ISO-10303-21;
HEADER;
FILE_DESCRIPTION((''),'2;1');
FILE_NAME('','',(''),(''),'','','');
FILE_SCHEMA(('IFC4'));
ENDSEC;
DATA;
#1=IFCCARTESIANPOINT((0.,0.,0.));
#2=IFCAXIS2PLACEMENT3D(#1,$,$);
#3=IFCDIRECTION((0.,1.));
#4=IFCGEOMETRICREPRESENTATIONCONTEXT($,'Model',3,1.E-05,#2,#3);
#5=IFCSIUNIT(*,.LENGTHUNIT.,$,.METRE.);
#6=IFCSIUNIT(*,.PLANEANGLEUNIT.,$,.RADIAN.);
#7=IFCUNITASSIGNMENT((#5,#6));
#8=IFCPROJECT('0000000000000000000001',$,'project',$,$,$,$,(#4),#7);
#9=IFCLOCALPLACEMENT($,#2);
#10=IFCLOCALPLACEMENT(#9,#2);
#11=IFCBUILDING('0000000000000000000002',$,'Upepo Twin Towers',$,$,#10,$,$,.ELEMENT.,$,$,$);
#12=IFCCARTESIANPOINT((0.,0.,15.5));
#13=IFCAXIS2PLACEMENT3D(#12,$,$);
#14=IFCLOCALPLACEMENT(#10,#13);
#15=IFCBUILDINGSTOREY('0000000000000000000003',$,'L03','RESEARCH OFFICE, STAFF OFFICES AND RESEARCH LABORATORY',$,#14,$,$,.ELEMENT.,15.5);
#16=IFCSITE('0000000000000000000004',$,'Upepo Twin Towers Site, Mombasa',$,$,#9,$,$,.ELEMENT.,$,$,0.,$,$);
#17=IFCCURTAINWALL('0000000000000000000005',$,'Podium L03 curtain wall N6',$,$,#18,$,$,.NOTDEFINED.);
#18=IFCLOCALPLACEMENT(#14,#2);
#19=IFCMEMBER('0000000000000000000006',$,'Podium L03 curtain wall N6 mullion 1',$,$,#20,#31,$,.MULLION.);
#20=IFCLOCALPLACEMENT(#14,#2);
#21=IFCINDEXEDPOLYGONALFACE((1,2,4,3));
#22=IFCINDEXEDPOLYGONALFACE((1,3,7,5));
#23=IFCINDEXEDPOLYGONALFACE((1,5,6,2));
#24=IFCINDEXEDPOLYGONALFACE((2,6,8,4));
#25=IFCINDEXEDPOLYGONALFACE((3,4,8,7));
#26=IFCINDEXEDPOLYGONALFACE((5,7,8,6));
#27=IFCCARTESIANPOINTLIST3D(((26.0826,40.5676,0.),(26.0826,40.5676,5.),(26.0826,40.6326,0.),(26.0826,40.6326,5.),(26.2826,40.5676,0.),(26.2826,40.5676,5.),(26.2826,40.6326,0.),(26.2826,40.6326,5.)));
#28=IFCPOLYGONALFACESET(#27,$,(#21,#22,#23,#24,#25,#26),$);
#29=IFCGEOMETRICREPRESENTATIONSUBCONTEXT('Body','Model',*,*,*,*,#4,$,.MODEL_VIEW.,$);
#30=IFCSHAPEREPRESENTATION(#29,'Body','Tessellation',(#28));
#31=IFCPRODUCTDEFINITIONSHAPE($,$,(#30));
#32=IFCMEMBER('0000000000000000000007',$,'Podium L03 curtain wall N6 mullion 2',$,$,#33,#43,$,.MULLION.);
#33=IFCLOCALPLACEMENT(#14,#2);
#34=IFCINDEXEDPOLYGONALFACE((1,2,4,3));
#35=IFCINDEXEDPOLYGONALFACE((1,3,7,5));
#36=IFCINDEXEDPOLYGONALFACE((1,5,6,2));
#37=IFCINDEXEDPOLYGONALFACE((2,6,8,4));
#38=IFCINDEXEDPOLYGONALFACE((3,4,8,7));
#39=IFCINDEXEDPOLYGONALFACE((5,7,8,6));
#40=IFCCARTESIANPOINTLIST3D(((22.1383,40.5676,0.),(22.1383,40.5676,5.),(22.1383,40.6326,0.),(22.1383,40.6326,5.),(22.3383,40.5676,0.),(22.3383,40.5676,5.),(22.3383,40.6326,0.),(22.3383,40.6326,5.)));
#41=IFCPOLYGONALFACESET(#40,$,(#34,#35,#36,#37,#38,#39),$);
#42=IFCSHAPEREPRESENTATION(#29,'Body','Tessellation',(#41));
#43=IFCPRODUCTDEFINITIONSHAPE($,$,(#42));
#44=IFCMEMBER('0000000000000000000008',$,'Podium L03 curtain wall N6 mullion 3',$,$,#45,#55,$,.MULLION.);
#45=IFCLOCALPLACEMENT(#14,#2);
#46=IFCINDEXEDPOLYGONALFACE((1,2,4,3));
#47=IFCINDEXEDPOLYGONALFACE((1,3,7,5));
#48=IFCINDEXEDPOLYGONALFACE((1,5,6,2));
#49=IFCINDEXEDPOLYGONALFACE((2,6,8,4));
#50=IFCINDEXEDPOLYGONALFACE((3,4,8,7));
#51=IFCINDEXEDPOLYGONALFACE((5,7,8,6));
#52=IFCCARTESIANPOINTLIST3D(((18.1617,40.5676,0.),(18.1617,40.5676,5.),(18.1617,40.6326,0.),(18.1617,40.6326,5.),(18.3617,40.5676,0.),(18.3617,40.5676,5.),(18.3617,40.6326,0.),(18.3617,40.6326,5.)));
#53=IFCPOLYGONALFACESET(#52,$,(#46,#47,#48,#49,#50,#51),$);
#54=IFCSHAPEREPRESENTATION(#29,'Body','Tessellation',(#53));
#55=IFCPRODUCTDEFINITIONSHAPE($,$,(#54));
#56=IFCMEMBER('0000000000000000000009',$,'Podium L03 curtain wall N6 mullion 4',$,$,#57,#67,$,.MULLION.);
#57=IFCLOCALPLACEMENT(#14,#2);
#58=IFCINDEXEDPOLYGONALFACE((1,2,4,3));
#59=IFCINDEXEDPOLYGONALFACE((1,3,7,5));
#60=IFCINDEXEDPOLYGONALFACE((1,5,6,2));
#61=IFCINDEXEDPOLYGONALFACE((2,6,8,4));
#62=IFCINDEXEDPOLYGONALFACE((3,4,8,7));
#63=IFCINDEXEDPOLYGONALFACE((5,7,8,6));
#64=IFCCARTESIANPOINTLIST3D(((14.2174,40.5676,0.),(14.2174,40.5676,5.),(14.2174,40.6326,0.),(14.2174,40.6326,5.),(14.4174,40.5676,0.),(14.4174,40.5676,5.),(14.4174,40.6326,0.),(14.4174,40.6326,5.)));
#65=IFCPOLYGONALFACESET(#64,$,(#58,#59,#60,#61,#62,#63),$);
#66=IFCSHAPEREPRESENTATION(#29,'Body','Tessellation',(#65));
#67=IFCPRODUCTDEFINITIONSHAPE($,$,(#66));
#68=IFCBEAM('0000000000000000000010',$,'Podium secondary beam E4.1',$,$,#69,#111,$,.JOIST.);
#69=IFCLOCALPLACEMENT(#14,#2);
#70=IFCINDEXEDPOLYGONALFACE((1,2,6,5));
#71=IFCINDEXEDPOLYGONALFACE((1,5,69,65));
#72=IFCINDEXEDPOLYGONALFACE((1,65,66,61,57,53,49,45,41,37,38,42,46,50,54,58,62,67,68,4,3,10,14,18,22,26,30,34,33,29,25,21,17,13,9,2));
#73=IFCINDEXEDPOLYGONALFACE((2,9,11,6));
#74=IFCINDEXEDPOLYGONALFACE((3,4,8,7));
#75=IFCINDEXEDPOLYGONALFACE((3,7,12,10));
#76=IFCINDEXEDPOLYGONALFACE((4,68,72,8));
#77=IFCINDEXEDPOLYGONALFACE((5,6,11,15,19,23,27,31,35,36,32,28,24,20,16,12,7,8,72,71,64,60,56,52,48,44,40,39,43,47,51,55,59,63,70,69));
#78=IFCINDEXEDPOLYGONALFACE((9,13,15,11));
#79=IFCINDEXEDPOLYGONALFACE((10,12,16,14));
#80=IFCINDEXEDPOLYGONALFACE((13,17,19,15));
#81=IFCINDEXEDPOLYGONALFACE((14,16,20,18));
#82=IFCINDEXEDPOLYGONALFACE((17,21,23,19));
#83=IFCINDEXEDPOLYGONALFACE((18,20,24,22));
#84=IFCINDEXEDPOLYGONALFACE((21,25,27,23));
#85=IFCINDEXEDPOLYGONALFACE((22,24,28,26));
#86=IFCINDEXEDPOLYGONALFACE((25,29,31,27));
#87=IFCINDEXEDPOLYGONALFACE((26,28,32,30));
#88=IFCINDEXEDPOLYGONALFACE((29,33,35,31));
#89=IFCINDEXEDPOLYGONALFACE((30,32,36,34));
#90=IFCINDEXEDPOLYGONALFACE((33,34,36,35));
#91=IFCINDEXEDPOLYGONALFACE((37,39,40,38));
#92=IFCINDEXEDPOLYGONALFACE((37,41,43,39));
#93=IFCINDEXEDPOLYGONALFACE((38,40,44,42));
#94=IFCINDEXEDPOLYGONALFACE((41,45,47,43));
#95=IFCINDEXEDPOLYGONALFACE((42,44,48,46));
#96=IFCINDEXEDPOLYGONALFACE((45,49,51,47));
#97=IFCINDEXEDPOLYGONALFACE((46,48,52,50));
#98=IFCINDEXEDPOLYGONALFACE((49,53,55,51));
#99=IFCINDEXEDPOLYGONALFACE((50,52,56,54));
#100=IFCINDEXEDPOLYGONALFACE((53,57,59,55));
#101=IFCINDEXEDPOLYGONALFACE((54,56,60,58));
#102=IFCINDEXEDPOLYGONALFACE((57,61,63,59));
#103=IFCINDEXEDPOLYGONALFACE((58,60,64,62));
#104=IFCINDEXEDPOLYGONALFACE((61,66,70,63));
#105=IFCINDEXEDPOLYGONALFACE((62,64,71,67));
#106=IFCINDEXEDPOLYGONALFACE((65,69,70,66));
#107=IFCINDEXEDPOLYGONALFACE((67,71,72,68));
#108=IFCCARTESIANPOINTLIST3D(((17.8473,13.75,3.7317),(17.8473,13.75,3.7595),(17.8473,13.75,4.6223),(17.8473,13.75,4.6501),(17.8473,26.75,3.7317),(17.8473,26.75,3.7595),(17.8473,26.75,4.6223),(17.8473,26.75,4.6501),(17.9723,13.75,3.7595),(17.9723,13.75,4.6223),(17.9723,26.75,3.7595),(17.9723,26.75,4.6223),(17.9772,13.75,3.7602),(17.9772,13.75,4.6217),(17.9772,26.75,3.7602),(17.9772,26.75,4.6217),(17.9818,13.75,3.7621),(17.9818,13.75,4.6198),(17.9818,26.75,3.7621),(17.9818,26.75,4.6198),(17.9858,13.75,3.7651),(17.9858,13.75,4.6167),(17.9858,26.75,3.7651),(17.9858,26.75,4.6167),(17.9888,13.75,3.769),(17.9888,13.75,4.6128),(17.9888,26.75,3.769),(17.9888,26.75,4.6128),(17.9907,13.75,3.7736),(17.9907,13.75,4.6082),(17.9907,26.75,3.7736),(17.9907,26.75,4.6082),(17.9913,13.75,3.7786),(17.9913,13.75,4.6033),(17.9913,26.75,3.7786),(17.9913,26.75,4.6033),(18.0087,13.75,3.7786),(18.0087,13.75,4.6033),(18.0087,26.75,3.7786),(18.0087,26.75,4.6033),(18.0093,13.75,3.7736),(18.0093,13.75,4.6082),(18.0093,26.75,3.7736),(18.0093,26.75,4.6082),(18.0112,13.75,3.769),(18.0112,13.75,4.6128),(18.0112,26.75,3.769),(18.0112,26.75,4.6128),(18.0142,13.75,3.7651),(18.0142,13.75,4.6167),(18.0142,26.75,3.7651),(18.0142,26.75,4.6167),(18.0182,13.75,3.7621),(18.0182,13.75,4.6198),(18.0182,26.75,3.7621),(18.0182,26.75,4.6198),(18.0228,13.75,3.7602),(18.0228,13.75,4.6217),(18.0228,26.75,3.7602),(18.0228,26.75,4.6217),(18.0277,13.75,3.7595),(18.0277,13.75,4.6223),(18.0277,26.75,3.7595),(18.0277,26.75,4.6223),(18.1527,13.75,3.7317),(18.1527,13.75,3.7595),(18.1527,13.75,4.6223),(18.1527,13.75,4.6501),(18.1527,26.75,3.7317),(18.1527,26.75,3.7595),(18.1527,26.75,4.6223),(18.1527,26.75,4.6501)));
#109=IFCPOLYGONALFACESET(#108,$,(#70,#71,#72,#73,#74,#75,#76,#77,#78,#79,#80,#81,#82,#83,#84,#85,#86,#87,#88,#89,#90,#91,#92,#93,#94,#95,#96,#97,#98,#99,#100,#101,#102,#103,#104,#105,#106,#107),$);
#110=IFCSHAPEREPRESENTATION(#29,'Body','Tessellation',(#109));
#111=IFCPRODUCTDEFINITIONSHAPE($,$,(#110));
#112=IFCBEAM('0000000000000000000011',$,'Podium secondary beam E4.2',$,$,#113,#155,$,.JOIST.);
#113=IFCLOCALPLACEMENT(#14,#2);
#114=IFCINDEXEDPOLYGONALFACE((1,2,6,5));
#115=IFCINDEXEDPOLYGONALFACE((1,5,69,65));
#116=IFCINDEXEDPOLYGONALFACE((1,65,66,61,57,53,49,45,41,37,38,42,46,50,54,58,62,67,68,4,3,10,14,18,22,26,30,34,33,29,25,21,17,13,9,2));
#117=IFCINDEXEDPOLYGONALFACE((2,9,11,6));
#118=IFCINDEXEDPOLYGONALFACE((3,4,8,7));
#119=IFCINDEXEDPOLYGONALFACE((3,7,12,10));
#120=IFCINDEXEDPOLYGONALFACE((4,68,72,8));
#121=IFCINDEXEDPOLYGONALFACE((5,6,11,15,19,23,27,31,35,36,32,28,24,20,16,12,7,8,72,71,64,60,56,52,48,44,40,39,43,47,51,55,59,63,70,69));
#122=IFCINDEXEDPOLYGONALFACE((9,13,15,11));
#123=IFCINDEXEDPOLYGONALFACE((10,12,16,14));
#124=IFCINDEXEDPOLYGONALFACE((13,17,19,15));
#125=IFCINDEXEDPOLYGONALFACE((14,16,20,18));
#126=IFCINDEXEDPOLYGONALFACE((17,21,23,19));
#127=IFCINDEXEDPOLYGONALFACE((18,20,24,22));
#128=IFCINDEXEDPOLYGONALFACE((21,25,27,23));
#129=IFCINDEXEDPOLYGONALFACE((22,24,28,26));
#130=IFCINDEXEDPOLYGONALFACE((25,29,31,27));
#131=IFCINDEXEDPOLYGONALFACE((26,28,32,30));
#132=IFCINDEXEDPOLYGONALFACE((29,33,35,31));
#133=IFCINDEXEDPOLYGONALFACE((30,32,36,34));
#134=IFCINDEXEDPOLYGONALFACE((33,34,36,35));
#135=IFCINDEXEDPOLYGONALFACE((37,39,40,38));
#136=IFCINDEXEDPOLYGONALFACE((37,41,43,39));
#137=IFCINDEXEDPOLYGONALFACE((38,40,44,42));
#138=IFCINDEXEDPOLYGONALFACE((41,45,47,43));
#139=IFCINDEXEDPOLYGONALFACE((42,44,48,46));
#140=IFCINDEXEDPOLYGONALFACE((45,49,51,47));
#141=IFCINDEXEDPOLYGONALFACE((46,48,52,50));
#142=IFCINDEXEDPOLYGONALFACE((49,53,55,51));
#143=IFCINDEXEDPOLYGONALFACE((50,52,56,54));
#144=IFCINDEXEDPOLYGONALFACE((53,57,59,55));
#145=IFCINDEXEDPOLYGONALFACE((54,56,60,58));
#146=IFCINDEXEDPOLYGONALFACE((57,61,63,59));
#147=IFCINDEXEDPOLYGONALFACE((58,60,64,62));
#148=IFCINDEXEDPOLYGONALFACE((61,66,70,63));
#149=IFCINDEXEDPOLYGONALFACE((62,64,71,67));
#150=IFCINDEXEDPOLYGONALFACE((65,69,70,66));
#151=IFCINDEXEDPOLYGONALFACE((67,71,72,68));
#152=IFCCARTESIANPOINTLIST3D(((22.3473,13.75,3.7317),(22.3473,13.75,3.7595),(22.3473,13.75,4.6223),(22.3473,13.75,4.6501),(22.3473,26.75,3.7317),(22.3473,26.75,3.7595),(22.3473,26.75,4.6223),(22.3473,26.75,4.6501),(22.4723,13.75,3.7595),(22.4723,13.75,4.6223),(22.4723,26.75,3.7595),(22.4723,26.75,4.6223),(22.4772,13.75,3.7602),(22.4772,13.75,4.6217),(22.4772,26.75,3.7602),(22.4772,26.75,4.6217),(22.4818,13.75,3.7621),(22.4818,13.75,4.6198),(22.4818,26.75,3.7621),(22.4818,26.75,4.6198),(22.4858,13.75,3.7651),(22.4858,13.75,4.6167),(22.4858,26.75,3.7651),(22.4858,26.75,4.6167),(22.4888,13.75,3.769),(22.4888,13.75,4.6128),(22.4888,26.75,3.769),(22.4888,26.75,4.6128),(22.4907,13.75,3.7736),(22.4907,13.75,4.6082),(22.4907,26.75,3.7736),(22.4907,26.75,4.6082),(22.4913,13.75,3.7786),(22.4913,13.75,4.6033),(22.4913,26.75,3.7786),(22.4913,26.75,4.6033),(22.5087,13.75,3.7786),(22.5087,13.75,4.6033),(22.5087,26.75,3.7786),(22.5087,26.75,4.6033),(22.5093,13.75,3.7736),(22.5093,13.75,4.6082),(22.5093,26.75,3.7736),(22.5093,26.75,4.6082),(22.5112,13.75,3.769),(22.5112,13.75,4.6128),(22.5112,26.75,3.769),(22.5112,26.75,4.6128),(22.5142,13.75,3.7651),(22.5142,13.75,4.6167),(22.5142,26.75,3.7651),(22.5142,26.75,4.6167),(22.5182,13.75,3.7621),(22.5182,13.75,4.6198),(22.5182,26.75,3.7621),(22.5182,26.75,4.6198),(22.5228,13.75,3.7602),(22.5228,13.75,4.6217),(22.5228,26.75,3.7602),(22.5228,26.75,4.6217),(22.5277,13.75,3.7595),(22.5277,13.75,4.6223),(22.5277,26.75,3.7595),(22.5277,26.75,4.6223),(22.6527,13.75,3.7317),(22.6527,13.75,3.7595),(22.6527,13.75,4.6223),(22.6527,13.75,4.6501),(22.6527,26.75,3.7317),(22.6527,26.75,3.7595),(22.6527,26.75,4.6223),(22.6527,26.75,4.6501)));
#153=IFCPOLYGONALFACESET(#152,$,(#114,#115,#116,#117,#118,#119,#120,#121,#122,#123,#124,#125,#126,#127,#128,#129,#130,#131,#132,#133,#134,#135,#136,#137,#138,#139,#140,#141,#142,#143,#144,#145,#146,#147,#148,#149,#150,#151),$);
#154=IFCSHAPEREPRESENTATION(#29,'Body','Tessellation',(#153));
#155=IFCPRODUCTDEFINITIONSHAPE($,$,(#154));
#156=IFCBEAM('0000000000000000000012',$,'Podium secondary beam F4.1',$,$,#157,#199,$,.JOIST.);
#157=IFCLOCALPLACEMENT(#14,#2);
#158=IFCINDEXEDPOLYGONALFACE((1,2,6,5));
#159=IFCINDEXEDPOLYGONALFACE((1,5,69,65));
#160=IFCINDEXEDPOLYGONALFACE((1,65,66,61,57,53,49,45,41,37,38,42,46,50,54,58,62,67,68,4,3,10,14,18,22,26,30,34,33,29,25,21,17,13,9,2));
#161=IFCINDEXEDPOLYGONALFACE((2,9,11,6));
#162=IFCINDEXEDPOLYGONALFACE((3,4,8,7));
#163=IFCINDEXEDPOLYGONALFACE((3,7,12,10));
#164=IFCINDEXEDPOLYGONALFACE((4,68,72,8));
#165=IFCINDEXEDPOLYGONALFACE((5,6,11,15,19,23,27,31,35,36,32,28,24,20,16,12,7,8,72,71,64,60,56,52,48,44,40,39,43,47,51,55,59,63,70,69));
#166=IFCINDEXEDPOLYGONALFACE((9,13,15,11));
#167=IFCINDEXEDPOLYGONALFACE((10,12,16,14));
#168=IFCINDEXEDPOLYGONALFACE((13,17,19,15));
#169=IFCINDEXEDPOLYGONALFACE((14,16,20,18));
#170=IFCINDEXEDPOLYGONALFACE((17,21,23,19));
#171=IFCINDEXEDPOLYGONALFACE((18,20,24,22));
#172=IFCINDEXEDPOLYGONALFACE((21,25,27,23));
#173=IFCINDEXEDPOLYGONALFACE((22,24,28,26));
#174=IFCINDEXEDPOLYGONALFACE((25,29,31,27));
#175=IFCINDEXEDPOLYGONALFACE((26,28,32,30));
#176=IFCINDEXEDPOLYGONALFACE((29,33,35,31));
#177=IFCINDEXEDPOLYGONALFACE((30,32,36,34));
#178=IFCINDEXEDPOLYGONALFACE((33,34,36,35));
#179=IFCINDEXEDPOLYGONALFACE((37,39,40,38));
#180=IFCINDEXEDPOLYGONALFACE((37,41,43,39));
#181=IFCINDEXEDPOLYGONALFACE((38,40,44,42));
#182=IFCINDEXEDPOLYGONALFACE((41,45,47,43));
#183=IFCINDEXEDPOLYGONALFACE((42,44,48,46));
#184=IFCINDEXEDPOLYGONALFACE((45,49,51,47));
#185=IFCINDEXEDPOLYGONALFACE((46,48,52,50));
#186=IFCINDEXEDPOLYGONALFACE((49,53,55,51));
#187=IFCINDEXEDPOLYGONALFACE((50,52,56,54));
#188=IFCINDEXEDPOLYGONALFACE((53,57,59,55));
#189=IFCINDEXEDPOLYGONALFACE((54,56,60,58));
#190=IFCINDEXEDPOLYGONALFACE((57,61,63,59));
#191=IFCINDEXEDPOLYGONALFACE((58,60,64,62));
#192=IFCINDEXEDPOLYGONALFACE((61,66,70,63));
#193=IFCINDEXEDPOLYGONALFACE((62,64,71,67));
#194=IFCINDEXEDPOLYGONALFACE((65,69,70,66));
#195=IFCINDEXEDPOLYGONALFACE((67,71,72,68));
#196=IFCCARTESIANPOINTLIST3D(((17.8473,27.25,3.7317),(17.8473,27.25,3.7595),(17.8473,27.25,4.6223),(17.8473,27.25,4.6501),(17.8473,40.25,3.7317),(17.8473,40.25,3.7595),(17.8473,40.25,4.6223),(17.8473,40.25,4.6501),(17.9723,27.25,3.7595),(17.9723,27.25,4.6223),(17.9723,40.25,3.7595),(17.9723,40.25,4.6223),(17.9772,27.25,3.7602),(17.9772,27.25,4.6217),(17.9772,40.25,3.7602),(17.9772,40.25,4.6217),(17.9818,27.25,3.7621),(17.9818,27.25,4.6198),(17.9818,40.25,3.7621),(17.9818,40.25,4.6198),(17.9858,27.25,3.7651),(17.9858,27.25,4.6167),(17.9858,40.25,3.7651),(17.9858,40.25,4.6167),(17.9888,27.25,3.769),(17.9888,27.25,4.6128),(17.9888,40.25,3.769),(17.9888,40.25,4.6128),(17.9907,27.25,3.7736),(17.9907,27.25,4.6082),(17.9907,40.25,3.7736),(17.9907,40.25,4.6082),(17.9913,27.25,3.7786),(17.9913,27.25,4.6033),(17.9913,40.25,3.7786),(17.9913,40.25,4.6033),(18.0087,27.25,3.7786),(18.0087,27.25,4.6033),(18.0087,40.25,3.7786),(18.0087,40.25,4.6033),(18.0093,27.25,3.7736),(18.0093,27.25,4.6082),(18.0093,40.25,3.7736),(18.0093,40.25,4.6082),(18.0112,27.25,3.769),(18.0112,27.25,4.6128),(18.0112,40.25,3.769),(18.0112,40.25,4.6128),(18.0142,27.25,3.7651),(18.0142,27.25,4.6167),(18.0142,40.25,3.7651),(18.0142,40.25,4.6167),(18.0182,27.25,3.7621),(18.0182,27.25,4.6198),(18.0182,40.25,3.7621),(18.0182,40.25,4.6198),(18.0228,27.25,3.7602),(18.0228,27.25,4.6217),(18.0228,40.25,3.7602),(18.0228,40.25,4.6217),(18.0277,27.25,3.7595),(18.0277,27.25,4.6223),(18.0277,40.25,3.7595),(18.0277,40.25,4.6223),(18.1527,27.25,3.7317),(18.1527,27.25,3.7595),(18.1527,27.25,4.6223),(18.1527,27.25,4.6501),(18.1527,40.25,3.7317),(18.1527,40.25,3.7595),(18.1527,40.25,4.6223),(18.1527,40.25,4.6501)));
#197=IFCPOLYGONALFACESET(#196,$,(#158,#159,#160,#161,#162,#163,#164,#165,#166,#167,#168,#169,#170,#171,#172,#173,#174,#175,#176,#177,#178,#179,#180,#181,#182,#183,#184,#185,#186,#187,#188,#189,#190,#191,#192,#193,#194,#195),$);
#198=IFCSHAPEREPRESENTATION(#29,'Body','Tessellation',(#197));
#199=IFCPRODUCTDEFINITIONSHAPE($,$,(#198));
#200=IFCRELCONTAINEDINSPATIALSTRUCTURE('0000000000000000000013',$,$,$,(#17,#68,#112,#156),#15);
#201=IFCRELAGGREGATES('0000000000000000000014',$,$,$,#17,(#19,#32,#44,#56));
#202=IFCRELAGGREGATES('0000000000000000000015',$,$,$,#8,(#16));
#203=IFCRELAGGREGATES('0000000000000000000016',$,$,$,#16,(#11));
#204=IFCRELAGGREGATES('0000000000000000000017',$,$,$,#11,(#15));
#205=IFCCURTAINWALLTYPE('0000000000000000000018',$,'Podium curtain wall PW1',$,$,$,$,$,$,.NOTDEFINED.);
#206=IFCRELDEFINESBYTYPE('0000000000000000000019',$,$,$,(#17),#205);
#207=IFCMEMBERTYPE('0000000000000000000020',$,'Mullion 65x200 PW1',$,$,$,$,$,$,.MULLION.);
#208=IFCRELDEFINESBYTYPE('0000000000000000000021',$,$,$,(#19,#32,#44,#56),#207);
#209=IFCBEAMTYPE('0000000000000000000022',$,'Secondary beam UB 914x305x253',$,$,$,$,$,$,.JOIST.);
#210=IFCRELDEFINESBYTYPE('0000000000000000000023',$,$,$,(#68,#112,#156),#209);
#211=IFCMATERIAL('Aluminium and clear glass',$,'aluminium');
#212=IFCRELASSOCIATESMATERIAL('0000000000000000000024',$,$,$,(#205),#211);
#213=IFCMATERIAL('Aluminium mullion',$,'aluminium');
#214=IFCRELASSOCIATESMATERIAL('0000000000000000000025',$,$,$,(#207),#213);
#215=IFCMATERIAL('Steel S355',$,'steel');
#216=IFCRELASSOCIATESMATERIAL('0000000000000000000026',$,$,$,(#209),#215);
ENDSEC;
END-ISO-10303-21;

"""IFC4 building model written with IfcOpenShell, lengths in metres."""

from ifc_helpers import new_model, si_unit, direction, frame, origin, origin_2d, place, context, subcontext, project, spatial, rectangle, i_section, extrude, material, material_profile, profile_set, type_object, element, aggregate, save


model = new_model("IFC4")

# Units and contexts
model_context = context("Model", 3, precision=1e-05, world=origin(), true_north=direction((0.0, 1.0)))
body_context = subcontext(model_context, "Body", "Model", "MODEL_VIEW")
ifc_project = project(units=[si_unit("LENGTHUNIT", "METRE"), si_unit("PLANEANGLEUNIT", "RADIAN")], contexts=[model_context])

# Site, building, storey
site_placement = place(None, origin())
site = spatial("IfcSite", under=ifc_project, at=site_placement, Name="Upepo Twin Towers Site, Mombasa", CompositionType="ELEMENT", RefElevation=0.0)
building_placement = place(site_placement, origin())
building = spatial("IfcBuilding", under=site, at=building_placement, Name="Upepo Twin Towers", CompositionType="ELEMENT")
storey_placement = place(building_placement, frame((0.0, 0.0, 15.5)))
storey = spatial("IfcBuildingStorey", under=building, at=storey_placement, Name="L03", Description="RESEARCH OFFICE, STAFF OFFICES AND RESEARCH LABORATORY", CompositionType="ELEMENT", Elevation=15.5)

# Curtain wall, members
ifc_material_1 = material(Name="Aluminium and clear glass", Category="aluminium")
curtain_wall_type = type_object("IfcCurtainWallType", Name="Podium curtain wall PW1", PredefinedType="NOTDEFINED", material=ifc_material_1)
curtain_wall_placement = place(storey_placement, origin())
curtain_wall = element("IfcCurtainWall", 1, at=curtain_wall_placement, inside=storey, type_object=curtain_wall_type, Name="Podium L03 curtain wall N6", PredefinedType="NOTDEFINED")
ifc_material_2 = material(Name="Aluminium mullion", Category="aluminium")
ifc_material_profile_1 = material_profile(ifc_material_2, rectangle(XDim=0.0649, YDim=0.2, at=origin_2d()), Name="MULLION 65x200 PODIUM")
ifc_profile_set_1 = profile_set([ifc_material_profile_1], Name="Aluminium mullion")
member_type_1 = type_object("IfcMemberType", Name="Mullion 65x200 PW1", PredefinedType="MULLION", material=ifc_profile_set_1)
member_1_placement = place(storey_placement, frame((26.1826, 40.6001, 0.0), z_axis=(0.0, 0.0, 1.0), x_axis=(0.0, -1.0, 0.0)))
member_1 = element("IfcMember", 2, at=member_1_placement, type_object=member_type_1, Name="Podium L03 curtain wall N6 mullion 1", PredefinedType="MULLION", context=body_context, shape_type="SweptSolid", body=[
    extrude(rectangle(XDim=0.0649, YDim=0.2, at=origin_2d()), origin(), (0.0, 0.0, 1.0), 5.0),
])
member_2_placement = place(storey_placement, frame((22.2383, 40.6001, 0.0), z_axis=(0.0, 0.0, 1.0), x_axis=(0.0, -1.0, 0.0)))
member_2 = element("IfcMember", 3, at=member_2_placement, type_object=member_type_1, Name="Podium L03 curtain wall N6 mullion 2", PredefinedType="MULLION", context=body_context, shape_type="SweptSolid", body=[
    extrude(rectangle(XDim=0.0649, YDim=0.2, at=origin_2d()), origin(), (0.0, 0.0, 1.0), 5.0),
])
member_3_placement = place(storey_placement, frame((18.2617, 40.6001, 0.0), z_axis=(0.0, 0.0, 1.0), x_axis=(0.0, -1.0, 0.0)))
member_3 = element("IfcMember", 4, at=member_3_placement, type_object=member_type_1, Name="Podium L03 curtain wall N6 mullion 3", PredefinedType="MULLION", context=body_context, shape_type="SweptSolid", body=[
    extrude(rectangle(XDim=0.0649, YDim=0.2, at=origin_2d()), origin(), (0.0, 0.0, 1.0), 5.0),
])
member_4_placement = place(storey_placement, frame((14.3174, 40.6001, 0.0), z_axis=(0.0, 0.0, 1.0), x_axis=(0.0, -1.0, 0.0)))
member_4 = element("IfcMember", 5, at=member_4_placement, type_object=member_type_1, Name="Podium L03 curtain wall N6 mullion 4", PredefinedType="MULLION", context=body_context, shape_type="SweptSolid", body=[
    extrude(rectangle(XDim=0.0649, YDim=0.2, at=origin_2d()), origin(), (0.0, 0.0, 1.0), 5.0),
])

# Beams
ifc_material_3 = material(Name="Steel S355", Category="steel")
ifc_material_profile_2 = material_profile(ifc_material_3, i_section(OverallWidth=0.3054, OverallDepth=0.9185, WebThickness=0.0173, FlangeThickness=0.0278, FilletRadius=0.019, at=origin_2d()), Name="UB 914x305x253")
ifc_profile_set_2 = profile_set([ifc_material_profile_2], Name="Steel S355")
beam_type_1 = type_object("IfcBeamType", Name="Secondary beam UB 914x305x253", PredefinedType="JOIST", material=ifc_profile_set_2)
for number, where, z_axis, x_axis, name in (
    (6, (18.0, 13.75, 4.1909), (0.0, 1.0, 0.0), (-1.0, 0.0, 0.0), "Podium secondary beam E4.1"),
    (7, (22.5, 13.75, 4.1909), (0.0, 1.0, 0.0), (-1.0, 0.0, 0.0), "Podium secondary beam E4.2"),
    (8, (18.0, 27.25, 4.1909), (0.0, 1.0, 0.0), (-1.0, 0.0, 0.0), "Podium secondary beam F4.1"),
):
    element("IfcBeam", number, at=place(storey_placement, frame(where, z_axis=z_axis, x_axis=x_axis)), inside=storey, type_object=beam_type_1, Name=name, PredefinedType="JOIST", context=body_context, shape_type="SweptSolid", body=[
        extrude(i_section(OverallWidth=0.3054, OverallDepth=0.9185, WebThickness=0.0173, FlangeThickness=0.0278, FilletRadius=0.019, at=origin_2d()), origin(), (0.0, 0.0, 1.0), 13.0),
    ])

aggregate(curtain_wall, [member_1, member_2, member_3, member_4])

save(model, "model.ifc")
